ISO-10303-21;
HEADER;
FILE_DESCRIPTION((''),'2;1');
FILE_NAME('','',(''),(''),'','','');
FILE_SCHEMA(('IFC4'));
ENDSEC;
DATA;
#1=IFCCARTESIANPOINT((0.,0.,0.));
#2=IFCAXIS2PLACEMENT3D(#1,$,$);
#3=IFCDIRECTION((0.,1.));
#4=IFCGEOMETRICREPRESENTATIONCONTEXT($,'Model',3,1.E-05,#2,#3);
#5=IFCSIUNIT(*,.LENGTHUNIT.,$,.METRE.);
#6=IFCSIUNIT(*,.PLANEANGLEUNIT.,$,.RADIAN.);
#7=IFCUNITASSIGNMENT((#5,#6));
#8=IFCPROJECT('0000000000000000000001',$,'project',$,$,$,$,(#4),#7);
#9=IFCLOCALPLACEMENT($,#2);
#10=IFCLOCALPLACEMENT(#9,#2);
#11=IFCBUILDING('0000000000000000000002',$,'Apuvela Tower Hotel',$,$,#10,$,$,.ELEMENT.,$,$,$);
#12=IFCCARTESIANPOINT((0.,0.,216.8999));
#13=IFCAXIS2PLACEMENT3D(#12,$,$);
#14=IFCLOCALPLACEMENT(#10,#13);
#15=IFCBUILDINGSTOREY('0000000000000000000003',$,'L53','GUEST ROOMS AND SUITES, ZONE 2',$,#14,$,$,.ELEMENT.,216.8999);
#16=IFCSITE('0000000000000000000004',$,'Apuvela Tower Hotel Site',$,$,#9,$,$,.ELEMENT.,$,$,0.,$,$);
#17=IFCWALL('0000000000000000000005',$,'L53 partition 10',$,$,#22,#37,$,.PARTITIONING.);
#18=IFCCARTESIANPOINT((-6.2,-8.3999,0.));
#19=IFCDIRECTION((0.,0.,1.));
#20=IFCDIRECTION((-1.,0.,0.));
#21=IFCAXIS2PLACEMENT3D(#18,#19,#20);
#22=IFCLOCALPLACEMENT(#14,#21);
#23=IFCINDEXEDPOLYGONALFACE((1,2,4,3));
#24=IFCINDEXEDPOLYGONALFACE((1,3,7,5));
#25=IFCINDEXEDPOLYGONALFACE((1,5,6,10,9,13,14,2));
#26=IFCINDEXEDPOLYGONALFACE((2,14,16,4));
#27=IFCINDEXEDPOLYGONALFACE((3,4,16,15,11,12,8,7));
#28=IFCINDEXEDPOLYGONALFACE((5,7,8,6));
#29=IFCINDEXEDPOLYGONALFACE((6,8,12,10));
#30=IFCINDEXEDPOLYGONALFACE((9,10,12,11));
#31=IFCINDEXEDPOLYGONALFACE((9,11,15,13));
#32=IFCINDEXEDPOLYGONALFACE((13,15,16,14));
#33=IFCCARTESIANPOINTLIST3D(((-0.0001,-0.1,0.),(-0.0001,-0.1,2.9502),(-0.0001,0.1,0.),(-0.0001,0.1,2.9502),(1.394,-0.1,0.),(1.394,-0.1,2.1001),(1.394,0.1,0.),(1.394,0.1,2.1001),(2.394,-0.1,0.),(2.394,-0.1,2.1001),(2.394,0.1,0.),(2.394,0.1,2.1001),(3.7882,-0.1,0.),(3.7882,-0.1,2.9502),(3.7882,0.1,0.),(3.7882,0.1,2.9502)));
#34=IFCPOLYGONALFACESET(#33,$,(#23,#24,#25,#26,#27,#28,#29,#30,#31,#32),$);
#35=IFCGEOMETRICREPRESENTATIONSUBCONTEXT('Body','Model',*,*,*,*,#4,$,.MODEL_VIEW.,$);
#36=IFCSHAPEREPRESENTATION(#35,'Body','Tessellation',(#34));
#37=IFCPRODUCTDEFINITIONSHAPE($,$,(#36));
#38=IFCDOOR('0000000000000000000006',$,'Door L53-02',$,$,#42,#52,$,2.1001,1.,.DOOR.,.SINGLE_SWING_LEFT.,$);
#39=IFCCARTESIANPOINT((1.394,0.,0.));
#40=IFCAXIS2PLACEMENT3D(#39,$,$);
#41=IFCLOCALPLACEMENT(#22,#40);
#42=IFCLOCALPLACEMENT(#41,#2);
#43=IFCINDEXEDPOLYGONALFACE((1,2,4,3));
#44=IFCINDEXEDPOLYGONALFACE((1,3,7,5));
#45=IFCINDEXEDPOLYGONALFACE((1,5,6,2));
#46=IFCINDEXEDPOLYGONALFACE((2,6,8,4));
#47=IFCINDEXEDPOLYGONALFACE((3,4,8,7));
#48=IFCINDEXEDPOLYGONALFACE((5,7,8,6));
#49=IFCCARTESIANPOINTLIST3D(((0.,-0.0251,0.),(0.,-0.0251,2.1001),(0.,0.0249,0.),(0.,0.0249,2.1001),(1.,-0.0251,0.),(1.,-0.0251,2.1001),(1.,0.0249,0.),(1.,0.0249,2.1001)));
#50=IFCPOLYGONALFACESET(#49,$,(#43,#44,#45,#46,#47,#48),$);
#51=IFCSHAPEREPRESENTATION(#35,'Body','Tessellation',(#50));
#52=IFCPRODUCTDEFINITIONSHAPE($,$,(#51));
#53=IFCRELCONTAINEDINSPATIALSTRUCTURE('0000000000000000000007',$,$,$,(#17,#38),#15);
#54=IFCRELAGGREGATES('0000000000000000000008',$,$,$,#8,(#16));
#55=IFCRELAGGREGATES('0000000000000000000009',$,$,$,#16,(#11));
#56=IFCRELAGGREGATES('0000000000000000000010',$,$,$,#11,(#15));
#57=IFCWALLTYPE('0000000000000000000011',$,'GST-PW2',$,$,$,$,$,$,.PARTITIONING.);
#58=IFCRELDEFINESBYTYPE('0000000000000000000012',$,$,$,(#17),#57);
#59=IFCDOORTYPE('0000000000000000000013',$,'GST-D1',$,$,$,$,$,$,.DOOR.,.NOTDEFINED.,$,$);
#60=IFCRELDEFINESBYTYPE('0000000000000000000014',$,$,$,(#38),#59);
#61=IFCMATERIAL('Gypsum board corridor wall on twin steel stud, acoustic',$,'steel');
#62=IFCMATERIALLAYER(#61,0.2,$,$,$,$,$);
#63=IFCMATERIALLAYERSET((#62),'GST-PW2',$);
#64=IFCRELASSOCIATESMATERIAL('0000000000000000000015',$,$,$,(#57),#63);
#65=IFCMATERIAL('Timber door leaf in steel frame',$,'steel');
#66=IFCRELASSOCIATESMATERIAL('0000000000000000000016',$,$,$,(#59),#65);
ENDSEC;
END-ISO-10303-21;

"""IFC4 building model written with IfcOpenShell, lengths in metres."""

from ifc_helpers import new_model, si_unit, direction, frame, frame_2d, origin, place, context, subcontext, project, spatial, rectangle, extrude, material, layer, layer_set, type_object, element, fill, save


model = new_model("IFC4")

# Units and contexts
model_context = context("Model", 3, precision=1e-05, world=origin(), true_north=direction((0.0, 1.0)))
body_context = subcontext(model_context, "Body", "Model", "MODEL_VIEW")
ifc_project = project(units=[si_unit("LENGTHUNIT", "METRE"), si_unit("PLANEANGLEUNIT", "RADIAN")], contexts=[model_context])

# Site, building, storey
site_placement = place(None, origin())
site = spatial("IfcSite", under=ifc_project, at=site_placement, Name="Apuvela Tower Hotel Site", CompositionType="ELEMENT", RefElevation=0.0)
building_placement = place(site_placement, origin())
building = spatial("IfcBuilding", under=site, at=building_placement, Name="Apuvela Tower Hotel", CompositionType="ELEMENT")
storey_placement = place(building_placement, frame((0.0, 0.0, 216.8999)))
storey = spatial("IfcBuildingStorey", under=building, at=storey_placement, Name="L53", Description="GUEST ROOMS AND SUITES, ZONE 2", CompositionType="ELEMENT", Elevation=216.8999)

# Wall, opening, door
ifc_material_1 = material(Name="Gypsum board corridor wall on twin steel stud, acoustic", Category="steel")
ifc_layer_1 = layer(ifc_material_1, 0.2)
ifc_layer_set_1 = layer_set([ifc_layer_1], Name="GST-PW2")
wall_type_1 = type_object("IfcWallType", Name="GST-PW2", PredefinedType="PARTITIONING", material=ifc_layer_set_1)
wall_1_placement = place(storey_placement, frame((-6.2, -8.3999, 0.0), z_axis=(0.0, 0.0, 1.0), x_axis=(-1.0, 0.0, 0.0)))
wall_1 = element("IfcWall", 1, at=wall_1_placement, inside=storey, type_object=wall_type_1, Name="L53 partition 10", PredefinedType="PARTITIONING", context=body_context, shape_type="SweptSolid", body=[
    extrude(rectangle(XDim=3.7883, YDim=0.2, at=frame_2d((1.894, 0.0))), origin(), (0.0, 0.0, 1.0), 2.9502),
])
opening_1_placement = place(wall_1_placement, frame((1.394, 0.0, 0.0)))
opening_1 = element("IfcOpeningElement", 2, at=opening_1_placement, cuts=wall_1, PredefinedType="OPENING", context=body_context, shape_type="SweptSolid", body=[
    extrude(rectangle(XDim=1.0, YDim=2.1001, at=frame_2d((0.5, 1.05))), frame((0.0, 0.1099, 0.0), z_axis=(0.0, -1.0, 0.0), x_axis=(1.0, 0.0, 0.0)), (0.0, 0.0, 1.0), 0.22),
])
ifc_material_2 = material(Name="Timber door leaf in steel frame", Category="steel")
door_type_1 = type_object("IfcDoorType", Name="GST-D1", OperationType="NOTDEFINED", PredefinedType="DOOR", material=ifc_material_2)
door_1_placement = place(opening_1_placement, origin())
door_1 = element("IfcDoor", 3, at=door_1_placement, inside=storey, type_object=door_type_1, Name="Door L53-02", OperationType="SINGLE_SWING_LEFT", OverallHeight=2.1001, OverallWidth=1.0, PredefinedType="DOOR", context=body_context, shape_type="SweptSolid", body=[
    extrude(rectangle(XDim=1.0, YDim=2.1001, at=frame_2d((0.5, 1.05))), frame((0.0, 0.0249, 0.0), z_axis=(0.0, -1.0, 0.0), x_axis=(1.0, 0.0, 0.0)), (0.0, 0.0, 1.0), 0.05),
])
fill(opening_1, door_1)

save(model, "model.ifc")
